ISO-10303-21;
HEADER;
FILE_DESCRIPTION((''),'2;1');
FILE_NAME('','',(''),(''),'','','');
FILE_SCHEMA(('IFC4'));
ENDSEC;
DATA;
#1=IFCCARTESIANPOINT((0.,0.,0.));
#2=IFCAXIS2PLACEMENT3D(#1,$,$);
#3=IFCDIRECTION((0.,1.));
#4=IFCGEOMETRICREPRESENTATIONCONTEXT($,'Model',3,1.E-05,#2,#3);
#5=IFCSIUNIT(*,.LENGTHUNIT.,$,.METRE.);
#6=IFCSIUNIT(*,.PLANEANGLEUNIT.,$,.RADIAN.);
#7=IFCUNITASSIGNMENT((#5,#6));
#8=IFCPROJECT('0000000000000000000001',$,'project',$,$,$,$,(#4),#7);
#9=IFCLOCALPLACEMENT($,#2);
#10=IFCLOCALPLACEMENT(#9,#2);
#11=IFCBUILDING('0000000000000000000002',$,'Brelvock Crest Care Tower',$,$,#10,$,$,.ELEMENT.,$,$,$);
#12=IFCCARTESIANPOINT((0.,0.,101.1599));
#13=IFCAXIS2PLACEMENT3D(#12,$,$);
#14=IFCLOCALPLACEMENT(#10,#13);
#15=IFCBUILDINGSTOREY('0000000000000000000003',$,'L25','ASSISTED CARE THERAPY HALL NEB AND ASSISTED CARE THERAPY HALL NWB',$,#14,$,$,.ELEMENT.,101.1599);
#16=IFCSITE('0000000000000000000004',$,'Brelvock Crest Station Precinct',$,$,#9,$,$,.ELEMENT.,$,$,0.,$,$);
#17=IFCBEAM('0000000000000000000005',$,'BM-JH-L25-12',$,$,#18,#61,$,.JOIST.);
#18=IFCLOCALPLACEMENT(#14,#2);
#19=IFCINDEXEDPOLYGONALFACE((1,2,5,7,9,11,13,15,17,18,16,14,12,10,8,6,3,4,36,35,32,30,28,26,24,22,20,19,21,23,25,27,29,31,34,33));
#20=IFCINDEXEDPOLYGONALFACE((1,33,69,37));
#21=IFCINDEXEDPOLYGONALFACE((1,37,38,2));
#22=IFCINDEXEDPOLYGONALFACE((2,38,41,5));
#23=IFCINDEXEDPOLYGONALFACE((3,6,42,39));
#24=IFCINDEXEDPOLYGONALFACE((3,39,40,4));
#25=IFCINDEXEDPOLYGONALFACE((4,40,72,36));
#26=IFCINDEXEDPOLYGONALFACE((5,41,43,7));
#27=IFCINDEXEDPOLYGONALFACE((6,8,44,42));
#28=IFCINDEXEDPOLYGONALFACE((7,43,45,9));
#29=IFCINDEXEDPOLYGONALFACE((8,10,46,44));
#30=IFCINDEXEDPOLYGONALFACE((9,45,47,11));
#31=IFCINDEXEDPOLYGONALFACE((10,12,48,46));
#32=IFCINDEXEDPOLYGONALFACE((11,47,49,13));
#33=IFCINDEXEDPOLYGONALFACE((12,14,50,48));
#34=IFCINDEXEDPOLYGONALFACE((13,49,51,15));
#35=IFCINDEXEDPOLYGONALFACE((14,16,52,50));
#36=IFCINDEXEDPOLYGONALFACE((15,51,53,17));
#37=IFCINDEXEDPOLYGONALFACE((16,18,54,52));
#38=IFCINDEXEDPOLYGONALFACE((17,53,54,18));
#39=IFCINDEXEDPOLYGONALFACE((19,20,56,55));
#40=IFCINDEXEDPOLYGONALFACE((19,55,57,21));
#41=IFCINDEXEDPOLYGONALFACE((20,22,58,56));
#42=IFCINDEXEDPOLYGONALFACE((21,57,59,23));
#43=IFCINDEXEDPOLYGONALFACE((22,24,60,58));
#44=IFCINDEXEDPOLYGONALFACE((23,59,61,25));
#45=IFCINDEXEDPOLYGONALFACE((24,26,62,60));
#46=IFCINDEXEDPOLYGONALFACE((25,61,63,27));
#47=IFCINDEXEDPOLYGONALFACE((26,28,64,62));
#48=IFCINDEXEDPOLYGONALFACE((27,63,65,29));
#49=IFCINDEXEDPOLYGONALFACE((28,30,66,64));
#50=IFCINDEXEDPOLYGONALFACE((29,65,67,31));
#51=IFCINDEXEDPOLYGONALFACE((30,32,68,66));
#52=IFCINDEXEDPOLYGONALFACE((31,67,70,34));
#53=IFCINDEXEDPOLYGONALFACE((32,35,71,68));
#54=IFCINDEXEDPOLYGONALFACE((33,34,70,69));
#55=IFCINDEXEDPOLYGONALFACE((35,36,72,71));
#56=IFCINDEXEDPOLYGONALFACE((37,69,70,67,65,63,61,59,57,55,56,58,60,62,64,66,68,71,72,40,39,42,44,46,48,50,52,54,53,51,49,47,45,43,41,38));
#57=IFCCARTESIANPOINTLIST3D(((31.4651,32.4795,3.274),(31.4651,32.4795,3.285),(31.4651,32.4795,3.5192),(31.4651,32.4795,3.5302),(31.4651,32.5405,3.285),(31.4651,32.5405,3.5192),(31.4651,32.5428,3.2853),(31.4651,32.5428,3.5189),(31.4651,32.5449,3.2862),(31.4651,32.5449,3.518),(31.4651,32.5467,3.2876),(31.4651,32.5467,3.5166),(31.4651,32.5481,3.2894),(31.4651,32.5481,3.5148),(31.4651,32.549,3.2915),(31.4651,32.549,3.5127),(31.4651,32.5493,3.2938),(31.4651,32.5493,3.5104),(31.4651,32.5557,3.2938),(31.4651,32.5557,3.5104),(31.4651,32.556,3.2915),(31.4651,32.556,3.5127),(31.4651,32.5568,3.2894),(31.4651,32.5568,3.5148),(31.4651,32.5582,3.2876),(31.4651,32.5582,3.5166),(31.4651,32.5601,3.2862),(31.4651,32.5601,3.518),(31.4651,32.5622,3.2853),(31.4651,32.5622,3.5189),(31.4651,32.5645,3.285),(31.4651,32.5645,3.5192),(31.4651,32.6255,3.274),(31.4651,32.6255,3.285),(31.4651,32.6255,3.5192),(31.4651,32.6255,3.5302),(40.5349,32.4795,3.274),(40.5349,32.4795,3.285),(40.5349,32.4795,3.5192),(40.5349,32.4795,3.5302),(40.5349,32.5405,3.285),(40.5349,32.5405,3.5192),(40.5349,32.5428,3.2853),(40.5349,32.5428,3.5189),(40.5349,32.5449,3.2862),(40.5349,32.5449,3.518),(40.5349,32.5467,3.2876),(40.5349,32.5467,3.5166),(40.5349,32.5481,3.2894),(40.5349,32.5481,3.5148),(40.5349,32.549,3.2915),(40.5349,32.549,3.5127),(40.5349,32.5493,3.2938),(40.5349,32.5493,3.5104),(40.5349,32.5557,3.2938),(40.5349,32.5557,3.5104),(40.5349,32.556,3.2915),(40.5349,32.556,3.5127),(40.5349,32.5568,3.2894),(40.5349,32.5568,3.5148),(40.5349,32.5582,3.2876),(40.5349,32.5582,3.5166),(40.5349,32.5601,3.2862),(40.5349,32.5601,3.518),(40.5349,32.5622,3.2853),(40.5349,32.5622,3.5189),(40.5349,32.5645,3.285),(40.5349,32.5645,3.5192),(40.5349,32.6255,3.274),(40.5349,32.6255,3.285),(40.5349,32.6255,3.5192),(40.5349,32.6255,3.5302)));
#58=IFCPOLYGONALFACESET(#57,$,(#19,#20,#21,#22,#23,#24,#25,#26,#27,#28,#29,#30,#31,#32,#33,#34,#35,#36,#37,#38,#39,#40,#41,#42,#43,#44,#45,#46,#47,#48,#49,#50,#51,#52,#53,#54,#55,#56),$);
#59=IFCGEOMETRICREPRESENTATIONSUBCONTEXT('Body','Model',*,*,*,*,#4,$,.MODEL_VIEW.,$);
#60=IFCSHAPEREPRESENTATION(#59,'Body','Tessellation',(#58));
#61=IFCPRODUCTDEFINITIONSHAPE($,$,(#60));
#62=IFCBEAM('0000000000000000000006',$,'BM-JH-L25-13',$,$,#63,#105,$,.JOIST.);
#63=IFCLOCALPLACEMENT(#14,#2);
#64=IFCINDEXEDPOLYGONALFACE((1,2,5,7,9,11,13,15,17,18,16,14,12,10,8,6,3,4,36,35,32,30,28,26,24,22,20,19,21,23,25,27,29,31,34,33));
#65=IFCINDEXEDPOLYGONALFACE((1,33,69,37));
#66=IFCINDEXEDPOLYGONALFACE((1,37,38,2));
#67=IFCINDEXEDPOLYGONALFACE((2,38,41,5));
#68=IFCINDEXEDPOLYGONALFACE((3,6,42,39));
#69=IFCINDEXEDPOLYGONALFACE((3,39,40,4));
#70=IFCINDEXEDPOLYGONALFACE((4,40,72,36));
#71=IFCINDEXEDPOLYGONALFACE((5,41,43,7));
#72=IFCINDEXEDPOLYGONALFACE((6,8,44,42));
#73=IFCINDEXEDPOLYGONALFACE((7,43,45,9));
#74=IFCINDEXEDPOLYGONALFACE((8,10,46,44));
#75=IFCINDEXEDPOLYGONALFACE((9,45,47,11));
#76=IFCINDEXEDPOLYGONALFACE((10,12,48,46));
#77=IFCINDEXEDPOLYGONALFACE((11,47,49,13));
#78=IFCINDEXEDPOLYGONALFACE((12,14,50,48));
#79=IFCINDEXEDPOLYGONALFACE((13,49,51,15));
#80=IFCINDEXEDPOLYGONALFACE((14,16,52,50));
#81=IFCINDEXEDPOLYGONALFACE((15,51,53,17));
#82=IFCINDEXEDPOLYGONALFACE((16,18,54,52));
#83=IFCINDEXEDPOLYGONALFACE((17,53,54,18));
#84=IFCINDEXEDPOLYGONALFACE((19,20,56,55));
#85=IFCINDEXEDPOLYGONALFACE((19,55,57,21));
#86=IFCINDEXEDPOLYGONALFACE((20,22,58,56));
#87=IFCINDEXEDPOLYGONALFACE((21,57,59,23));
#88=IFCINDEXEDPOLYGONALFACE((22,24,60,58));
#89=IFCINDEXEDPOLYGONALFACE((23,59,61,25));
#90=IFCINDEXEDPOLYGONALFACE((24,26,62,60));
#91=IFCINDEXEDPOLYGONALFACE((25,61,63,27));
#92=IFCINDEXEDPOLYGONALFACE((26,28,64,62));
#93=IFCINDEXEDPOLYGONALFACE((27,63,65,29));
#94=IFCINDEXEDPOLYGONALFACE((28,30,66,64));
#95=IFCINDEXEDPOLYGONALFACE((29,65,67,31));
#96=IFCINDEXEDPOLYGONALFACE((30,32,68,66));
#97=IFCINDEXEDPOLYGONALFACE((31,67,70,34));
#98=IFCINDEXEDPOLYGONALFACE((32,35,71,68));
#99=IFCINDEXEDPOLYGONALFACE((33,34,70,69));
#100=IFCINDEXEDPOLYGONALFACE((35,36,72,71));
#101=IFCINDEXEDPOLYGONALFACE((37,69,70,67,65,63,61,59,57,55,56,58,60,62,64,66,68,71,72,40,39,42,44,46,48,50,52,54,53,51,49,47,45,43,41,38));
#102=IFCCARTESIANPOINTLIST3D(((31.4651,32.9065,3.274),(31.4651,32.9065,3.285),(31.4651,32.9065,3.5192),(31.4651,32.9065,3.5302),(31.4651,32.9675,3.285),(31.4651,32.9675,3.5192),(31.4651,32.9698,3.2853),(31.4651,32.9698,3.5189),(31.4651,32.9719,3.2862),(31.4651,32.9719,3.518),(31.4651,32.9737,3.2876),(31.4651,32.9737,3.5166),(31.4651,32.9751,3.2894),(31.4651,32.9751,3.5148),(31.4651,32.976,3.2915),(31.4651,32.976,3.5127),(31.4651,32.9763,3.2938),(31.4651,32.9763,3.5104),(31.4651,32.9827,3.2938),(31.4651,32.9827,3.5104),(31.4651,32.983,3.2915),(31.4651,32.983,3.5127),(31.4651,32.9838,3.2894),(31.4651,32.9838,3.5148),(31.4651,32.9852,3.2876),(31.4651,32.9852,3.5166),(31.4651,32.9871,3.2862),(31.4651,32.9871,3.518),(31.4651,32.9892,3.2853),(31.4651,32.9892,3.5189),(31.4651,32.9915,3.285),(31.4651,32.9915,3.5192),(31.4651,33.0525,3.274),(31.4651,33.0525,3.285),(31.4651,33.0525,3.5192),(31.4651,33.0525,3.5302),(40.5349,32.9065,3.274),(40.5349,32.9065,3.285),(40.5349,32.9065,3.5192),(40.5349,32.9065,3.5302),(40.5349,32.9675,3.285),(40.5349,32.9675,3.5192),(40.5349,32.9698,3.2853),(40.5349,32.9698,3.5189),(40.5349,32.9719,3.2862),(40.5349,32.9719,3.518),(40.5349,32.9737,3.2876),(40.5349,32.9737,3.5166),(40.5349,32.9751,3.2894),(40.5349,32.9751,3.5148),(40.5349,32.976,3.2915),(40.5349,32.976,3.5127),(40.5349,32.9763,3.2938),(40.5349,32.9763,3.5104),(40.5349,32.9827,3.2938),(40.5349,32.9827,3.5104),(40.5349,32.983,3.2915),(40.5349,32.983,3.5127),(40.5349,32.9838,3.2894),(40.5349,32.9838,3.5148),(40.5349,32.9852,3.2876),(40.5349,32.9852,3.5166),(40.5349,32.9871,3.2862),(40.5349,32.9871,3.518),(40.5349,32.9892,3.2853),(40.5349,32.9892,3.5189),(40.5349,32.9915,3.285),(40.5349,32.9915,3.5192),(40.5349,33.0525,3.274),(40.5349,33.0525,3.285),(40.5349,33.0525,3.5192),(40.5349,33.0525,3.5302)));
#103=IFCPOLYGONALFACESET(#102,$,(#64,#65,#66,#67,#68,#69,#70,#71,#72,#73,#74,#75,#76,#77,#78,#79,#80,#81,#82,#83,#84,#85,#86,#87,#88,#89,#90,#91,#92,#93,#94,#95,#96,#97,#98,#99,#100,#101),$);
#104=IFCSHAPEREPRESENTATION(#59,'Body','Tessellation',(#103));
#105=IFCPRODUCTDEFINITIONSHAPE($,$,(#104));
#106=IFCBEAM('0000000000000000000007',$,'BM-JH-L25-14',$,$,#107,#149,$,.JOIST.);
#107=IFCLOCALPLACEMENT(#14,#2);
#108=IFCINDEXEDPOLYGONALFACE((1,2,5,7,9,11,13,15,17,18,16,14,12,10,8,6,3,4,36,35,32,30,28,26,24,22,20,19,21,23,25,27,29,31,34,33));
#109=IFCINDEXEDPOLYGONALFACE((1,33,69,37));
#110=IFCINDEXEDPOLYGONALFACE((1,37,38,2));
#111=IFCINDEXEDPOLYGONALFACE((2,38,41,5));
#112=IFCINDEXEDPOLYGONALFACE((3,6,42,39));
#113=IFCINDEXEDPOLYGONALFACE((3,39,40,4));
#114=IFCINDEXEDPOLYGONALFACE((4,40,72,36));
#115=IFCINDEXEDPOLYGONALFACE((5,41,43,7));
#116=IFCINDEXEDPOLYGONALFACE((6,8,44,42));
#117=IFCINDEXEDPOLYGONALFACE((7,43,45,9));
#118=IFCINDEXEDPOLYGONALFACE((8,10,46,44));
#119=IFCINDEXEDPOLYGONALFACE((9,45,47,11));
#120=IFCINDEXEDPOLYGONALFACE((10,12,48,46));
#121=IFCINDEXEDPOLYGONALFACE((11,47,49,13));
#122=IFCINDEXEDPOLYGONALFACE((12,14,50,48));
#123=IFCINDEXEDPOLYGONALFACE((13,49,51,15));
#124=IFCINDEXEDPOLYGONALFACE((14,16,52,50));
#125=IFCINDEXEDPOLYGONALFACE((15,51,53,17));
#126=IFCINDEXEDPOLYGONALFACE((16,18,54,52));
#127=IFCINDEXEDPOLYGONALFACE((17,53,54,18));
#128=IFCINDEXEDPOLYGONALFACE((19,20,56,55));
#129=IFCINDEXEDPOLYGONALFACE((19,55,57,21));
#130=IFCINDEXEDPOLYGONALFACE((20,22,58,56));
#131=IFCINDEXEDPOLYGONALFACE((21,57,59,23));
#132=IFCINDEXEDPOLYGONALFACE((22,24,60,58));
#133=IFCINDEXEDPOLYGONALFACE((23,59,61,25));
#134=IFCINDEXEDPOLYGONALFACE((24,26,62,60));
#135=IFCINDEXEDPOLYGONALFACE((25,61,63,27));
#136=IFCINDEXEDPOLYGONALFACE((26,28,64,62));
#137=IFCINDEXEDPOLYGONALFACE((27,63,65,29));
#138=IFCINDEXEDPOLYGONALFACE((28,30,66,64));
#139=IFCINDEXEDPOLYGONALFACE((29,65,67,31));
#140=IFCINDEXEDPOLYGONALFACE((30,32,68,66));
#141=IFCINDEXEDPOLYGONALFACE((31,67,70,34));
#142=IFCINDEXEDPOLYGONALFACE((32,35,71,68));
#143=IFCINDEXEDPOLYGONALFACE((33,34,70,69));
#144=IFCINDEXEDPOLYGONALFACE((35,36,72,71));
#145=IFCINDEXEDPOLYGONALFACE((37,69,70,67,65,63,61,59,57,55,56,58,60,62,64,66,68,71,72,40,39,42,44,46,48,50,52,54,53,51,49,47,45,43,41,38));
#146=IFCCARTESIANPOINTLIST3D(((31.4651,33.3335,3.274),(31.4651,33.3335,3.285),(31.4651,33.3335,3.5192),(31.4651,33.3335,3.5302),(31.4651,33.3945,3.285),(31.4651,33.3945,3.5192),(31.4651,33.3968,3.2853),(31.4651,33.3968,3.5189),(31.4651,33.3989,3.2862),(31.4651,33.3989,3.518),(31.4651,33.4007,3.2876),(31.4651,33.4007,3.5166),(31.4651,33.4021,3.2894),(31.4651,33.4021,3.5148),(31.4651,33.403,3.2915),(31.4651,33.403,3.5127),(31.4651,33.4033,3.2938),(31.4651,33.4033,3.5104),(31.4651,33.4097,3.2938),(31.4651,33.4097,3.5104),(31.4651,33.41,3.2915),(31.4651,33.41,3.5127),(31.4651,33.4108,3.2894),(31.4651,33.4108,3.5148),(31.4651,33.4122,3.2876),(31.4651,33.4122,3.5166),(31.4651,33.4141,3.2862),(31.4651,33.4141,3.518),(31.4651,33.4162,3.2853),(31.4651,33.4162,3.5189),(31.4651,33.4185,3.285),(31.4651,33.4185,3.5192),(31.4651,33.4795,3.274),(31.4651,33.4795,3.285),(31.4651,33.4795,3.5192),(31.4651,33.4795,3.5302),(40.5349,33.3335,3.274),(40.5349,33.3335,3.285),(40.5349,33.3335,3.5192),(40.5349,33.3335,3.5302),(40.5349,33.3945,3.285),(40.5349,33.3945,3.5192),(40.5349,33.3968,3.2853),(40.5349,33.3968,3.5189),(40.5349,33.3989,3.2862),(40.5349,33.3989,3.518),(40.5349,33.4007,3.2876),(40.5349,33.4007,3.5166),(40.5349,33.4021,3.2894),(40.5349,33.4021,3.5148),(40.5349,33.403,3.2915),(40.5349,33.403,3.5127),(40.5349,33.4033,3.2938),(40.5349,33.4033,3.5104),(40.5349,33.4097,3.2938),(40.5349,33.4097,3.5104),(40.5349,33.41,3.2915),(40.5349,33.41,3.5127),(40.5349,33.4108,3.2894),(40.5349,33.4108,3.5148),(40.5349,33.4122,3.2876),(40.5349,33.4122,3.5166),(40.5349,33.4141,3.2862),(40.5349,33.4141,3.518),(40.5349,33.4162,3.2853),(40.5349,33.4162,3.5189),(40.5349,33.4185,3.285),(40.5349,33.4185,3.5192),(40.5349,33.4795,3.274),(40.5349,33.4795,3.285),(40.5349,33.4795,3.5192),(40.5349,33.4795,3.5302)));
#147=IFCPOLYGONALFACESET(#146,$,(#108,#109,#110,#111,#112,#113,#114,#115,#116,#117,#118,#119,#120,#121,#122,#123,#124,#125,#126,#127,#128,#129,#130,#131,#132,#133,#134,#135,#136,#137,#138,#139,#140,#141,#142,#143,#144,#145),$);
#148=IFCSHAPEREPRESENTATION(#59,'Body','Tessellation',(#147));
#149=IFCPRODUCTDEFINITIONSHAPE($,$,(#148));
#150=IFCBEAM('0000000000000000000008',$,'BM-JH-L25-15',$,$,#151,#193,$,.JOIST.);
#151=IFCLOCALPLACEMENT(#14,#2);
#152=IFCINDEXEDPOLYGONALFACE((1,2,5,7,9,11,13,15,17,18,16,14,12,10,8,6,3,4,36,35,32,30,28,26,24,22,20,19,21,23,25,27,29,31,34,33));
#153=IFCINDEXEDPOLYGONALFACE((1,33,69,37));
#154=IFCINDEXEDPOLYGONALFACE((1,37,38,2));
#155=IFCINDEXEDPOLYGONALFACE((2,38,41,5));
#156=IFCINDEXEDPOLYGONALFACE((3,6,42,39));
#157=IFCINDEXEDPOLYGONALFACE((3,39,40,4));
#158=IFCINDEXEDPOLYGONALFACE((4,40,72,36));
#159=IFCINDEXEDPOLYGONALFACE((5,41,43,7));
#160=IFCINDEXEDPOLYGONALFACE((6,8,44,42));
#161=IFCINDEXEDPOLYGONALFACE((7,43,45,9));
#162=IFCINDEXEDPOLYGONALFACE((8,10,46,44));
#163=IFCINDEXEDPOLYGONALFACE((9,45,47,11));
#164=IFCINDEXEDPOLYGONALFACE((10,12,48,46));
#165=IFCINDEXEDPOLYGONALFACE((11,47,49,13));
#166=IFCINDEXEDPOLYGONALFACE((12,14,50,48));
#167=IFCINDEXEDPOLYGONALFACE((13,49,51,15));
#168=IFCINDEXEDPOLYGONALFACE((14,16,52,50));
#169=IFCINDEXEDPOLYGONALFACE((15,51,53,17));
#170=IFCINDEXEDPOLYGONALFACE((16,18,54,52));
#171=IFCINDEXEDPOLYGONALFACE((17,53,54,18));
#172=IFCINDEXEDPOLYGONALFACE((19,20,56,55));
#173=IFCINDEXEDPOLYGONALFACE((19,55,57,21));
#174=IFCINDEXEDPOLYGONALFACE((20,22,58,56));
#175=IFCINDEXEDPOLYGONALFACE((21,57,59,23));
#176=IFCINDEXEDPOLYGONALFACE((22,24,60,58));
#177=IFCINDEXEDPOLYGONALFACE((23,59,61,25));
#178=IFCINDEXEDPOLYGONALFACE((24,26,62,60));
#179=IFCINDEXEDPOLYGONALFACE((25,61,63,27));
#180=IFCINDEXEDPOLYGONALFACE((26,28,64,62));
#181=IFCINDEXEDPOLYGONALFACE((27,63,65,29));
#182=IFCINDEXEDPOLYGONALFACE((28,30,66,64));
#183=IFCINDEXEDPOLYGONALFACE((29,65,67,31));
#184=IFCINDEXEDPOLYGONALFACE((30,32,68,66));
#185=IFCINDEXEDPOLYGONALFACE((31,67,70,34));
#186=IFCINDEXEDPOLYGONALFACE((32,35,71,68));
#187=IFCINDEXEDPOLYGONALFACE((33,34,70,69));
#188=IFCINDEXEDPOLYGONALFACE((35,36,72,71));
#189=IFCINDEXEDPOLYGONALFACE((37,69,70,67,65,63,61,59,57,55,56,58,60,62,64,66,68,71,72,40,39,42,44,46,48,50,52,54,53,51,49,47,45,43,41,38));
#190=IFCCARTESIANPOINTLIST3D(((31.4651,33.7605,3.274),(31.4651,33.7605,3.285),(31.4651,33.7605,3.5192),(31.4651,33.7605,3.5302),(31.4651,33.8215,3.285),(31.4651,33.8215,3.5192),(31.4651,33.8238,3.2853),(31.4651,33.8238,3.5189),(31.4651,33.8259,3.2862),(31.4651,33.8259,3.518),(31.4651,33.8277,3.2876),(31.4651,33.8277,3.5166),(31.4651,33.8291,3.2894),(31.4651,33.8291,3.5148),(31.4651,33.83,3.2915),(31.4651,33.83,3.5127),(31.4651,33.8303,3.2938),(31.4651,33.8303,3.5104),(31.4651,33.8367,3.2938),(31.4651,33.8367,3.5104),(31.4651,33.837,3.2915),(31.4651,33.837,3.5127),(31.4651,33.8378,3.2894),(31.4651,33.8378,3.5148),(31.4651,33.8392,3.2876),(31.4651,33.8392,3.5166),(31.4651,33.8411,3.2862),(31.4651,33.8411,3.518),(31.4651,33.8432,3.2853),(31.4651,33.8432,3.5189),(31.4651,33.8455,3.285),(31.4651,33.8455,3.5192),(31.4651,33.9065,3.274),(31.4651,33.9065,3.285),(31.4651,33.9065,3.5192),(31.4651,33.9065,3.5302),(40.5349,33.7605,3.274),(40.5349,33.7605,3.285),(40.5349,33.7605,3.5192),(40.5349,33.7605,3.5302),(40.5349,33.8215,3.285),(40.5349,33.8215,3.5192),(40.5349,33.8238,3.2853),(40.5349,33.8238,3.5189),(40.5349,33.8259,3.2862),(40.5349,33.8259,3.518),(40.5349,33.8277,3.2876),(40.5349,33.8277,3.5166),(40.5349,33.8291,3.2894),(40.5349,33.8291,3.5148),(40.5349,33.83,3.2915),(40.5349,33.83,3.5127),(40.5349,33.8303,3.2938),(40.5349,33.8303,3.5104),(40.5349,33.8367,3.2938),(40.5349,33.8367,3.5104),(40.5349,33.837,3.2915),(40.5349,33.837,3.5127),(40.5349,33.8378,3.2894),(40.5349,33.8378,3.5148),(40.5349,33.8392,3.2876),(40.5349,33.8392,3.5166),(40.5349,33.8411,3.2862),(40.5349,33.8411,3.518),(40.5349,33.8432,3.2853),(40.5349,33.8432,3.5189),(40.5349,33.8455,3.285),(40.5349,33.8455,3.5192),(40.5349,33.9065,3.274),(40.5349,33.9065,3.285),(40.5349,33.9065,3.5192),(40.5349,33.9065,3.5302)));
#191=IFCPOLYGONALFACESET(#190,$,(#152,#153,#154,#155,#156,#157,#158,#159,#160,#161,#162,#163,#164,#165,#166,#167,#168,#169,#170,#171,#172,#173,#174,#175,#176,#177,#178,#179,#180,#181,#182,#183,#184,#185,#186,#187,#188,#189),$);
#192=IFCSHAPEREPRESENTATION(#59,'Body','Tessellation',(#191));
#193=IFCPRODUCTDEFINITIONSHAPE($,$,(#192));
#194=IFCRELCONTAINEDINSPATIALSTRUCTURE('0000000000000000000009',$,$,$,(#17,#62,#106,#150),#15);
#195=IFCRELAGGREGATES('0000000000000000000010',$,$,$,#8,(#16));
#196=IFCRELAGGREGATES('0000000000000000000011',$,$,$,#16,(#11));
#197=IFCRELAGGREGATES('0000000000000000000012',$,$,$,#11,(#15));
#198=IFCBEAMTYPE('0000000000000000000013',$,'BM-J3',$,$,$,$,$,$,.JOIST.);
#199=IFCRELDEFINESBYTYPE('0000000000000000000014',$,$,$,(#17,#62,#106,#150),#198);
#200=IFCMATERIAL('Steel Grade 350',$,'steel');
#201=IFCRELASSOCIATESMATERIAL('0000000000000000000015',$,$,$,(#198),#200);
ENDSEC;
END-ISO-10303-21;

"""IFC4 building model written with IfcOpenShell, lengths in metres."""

from ifc_helpers import new_model, si_unit, direction, frame, origin, origin_2d, place, context, subcontext, project, spatial, i_section, extrude, source, transform, mapped, material, material_profile, profile_set, type_object, element, save


model = new_model("IFC4")

# Units and contexts
model_context = context("Model", 3, precision=1e-05, world=origin(), true_north=direction((0.0, 1.0)))
body_context = subcontext(model_context, "Body", "Model", "MODEL_VIEW")
ifc_project = project(units=[si_unit("LENGTHUNIT", "METRE"), si_unit("PLANEANGLEUNIT", "RADIAN")], contexts=[model_context])

# Site, building, storey
site_placement = place(None, origin())
site = spatial("IfcSite", under=ifc_project, at=site_placement, Name="Brelvock Crest Station Precinct", CompositionType="ELEMENT", RefElevation=0.0)
building_placement = place(site_placement, origin())
building = spatial("IfcBuilding", under=site, at=building_placement, Name="Brelvock Crest Care Tower", CompositionType="ELEMENT")
storey_placement = place(building_placement, frame((0.0, 0.0, 101.1599)))
storey = spatial("IfcBuildingStorey", under=building, at=storey_placement, Name="L25", Description="ASSISTED CARE THERAPY HALL NEB AND ASSISTED CARE THERAPY HALL NWB", CompositionType="ELEMENT", Elevation=101.1599)

# Beams
ifc_material_1 = material(Name="Steel Grade 350", Category="steel")
ifc_material_profile_1 = material_profile(ifc_material_1, i_section(OverallWidth=0.146, OverallDepth=0.2561, WebThickness=0.0063, FlangeThickness=0.011, FilletRadius=0.0088, at=origin_2d()), Name="250UB37.3")
ifc_profile_set_1 = profile_set([ifc_material_profile_1], Name="Steel Grade 350")
beam_type_1 = type_object("IfcBeamType", Name="BM-J3", PredefinedType="JOIST", material=ifc_profile_set_1)
shared_shape_1 = source(origin(), body_context, "Body", "SweptSolid", [
    extrude(i_section(OverallWidth=0.146, OverallDepth=0.2561, WebThickness=0.0063, FlangeThickness=0.011, FilletRadius=0.0088, at=origin_2d()), origin(), (0.0, 0.0, 1.0), 9.0698),
])
for number, where, z_axis, x_axis, name in (
    (1, (31.4651, 32.5525, 3.4021), (1.0, 0.0, 0.0), (0.0, 1.0, 0.0), "BM-JH-L25-12"),
    (2, (31.4651, 32.9795, 3.4021), (1.0, 0.0, 0.0), (0.0, 1.0, 0.0), "BM-JH-L25-13"),
    (3, (31.4651, 33.4065, 3.4021), (1.0, 0.0, 0.0), (0.0, 1.0, 0.0), "BM-JH-L25-14"),
    (4, (31.4651, 33.8335, 3.4021), (1.0, 0.0, 0.0), (0.0, 1.0, 0.0), "BM-JH-L25-15"),
):
    element("IfcBeam", number, at=place(storey_placement, frame(where, z_axis=z_axis, x_axis=x_axis)), inside=storey, type_object=beam_type_1, Name=name, PredefinedType="JOIST", context=body_context, shape_type="MappedRepresentation", body=[
        mapped(shared_shape_1, transform((0.0, 0.0, 0.0), x_axis=(1.0, 0.0, 0.0), y_axis=(0.0, 1.0, 0.0), z_axis=(0.0, 0.0, 1.0), scale=1.0)),
    ])

save(model, "model.ifc")
